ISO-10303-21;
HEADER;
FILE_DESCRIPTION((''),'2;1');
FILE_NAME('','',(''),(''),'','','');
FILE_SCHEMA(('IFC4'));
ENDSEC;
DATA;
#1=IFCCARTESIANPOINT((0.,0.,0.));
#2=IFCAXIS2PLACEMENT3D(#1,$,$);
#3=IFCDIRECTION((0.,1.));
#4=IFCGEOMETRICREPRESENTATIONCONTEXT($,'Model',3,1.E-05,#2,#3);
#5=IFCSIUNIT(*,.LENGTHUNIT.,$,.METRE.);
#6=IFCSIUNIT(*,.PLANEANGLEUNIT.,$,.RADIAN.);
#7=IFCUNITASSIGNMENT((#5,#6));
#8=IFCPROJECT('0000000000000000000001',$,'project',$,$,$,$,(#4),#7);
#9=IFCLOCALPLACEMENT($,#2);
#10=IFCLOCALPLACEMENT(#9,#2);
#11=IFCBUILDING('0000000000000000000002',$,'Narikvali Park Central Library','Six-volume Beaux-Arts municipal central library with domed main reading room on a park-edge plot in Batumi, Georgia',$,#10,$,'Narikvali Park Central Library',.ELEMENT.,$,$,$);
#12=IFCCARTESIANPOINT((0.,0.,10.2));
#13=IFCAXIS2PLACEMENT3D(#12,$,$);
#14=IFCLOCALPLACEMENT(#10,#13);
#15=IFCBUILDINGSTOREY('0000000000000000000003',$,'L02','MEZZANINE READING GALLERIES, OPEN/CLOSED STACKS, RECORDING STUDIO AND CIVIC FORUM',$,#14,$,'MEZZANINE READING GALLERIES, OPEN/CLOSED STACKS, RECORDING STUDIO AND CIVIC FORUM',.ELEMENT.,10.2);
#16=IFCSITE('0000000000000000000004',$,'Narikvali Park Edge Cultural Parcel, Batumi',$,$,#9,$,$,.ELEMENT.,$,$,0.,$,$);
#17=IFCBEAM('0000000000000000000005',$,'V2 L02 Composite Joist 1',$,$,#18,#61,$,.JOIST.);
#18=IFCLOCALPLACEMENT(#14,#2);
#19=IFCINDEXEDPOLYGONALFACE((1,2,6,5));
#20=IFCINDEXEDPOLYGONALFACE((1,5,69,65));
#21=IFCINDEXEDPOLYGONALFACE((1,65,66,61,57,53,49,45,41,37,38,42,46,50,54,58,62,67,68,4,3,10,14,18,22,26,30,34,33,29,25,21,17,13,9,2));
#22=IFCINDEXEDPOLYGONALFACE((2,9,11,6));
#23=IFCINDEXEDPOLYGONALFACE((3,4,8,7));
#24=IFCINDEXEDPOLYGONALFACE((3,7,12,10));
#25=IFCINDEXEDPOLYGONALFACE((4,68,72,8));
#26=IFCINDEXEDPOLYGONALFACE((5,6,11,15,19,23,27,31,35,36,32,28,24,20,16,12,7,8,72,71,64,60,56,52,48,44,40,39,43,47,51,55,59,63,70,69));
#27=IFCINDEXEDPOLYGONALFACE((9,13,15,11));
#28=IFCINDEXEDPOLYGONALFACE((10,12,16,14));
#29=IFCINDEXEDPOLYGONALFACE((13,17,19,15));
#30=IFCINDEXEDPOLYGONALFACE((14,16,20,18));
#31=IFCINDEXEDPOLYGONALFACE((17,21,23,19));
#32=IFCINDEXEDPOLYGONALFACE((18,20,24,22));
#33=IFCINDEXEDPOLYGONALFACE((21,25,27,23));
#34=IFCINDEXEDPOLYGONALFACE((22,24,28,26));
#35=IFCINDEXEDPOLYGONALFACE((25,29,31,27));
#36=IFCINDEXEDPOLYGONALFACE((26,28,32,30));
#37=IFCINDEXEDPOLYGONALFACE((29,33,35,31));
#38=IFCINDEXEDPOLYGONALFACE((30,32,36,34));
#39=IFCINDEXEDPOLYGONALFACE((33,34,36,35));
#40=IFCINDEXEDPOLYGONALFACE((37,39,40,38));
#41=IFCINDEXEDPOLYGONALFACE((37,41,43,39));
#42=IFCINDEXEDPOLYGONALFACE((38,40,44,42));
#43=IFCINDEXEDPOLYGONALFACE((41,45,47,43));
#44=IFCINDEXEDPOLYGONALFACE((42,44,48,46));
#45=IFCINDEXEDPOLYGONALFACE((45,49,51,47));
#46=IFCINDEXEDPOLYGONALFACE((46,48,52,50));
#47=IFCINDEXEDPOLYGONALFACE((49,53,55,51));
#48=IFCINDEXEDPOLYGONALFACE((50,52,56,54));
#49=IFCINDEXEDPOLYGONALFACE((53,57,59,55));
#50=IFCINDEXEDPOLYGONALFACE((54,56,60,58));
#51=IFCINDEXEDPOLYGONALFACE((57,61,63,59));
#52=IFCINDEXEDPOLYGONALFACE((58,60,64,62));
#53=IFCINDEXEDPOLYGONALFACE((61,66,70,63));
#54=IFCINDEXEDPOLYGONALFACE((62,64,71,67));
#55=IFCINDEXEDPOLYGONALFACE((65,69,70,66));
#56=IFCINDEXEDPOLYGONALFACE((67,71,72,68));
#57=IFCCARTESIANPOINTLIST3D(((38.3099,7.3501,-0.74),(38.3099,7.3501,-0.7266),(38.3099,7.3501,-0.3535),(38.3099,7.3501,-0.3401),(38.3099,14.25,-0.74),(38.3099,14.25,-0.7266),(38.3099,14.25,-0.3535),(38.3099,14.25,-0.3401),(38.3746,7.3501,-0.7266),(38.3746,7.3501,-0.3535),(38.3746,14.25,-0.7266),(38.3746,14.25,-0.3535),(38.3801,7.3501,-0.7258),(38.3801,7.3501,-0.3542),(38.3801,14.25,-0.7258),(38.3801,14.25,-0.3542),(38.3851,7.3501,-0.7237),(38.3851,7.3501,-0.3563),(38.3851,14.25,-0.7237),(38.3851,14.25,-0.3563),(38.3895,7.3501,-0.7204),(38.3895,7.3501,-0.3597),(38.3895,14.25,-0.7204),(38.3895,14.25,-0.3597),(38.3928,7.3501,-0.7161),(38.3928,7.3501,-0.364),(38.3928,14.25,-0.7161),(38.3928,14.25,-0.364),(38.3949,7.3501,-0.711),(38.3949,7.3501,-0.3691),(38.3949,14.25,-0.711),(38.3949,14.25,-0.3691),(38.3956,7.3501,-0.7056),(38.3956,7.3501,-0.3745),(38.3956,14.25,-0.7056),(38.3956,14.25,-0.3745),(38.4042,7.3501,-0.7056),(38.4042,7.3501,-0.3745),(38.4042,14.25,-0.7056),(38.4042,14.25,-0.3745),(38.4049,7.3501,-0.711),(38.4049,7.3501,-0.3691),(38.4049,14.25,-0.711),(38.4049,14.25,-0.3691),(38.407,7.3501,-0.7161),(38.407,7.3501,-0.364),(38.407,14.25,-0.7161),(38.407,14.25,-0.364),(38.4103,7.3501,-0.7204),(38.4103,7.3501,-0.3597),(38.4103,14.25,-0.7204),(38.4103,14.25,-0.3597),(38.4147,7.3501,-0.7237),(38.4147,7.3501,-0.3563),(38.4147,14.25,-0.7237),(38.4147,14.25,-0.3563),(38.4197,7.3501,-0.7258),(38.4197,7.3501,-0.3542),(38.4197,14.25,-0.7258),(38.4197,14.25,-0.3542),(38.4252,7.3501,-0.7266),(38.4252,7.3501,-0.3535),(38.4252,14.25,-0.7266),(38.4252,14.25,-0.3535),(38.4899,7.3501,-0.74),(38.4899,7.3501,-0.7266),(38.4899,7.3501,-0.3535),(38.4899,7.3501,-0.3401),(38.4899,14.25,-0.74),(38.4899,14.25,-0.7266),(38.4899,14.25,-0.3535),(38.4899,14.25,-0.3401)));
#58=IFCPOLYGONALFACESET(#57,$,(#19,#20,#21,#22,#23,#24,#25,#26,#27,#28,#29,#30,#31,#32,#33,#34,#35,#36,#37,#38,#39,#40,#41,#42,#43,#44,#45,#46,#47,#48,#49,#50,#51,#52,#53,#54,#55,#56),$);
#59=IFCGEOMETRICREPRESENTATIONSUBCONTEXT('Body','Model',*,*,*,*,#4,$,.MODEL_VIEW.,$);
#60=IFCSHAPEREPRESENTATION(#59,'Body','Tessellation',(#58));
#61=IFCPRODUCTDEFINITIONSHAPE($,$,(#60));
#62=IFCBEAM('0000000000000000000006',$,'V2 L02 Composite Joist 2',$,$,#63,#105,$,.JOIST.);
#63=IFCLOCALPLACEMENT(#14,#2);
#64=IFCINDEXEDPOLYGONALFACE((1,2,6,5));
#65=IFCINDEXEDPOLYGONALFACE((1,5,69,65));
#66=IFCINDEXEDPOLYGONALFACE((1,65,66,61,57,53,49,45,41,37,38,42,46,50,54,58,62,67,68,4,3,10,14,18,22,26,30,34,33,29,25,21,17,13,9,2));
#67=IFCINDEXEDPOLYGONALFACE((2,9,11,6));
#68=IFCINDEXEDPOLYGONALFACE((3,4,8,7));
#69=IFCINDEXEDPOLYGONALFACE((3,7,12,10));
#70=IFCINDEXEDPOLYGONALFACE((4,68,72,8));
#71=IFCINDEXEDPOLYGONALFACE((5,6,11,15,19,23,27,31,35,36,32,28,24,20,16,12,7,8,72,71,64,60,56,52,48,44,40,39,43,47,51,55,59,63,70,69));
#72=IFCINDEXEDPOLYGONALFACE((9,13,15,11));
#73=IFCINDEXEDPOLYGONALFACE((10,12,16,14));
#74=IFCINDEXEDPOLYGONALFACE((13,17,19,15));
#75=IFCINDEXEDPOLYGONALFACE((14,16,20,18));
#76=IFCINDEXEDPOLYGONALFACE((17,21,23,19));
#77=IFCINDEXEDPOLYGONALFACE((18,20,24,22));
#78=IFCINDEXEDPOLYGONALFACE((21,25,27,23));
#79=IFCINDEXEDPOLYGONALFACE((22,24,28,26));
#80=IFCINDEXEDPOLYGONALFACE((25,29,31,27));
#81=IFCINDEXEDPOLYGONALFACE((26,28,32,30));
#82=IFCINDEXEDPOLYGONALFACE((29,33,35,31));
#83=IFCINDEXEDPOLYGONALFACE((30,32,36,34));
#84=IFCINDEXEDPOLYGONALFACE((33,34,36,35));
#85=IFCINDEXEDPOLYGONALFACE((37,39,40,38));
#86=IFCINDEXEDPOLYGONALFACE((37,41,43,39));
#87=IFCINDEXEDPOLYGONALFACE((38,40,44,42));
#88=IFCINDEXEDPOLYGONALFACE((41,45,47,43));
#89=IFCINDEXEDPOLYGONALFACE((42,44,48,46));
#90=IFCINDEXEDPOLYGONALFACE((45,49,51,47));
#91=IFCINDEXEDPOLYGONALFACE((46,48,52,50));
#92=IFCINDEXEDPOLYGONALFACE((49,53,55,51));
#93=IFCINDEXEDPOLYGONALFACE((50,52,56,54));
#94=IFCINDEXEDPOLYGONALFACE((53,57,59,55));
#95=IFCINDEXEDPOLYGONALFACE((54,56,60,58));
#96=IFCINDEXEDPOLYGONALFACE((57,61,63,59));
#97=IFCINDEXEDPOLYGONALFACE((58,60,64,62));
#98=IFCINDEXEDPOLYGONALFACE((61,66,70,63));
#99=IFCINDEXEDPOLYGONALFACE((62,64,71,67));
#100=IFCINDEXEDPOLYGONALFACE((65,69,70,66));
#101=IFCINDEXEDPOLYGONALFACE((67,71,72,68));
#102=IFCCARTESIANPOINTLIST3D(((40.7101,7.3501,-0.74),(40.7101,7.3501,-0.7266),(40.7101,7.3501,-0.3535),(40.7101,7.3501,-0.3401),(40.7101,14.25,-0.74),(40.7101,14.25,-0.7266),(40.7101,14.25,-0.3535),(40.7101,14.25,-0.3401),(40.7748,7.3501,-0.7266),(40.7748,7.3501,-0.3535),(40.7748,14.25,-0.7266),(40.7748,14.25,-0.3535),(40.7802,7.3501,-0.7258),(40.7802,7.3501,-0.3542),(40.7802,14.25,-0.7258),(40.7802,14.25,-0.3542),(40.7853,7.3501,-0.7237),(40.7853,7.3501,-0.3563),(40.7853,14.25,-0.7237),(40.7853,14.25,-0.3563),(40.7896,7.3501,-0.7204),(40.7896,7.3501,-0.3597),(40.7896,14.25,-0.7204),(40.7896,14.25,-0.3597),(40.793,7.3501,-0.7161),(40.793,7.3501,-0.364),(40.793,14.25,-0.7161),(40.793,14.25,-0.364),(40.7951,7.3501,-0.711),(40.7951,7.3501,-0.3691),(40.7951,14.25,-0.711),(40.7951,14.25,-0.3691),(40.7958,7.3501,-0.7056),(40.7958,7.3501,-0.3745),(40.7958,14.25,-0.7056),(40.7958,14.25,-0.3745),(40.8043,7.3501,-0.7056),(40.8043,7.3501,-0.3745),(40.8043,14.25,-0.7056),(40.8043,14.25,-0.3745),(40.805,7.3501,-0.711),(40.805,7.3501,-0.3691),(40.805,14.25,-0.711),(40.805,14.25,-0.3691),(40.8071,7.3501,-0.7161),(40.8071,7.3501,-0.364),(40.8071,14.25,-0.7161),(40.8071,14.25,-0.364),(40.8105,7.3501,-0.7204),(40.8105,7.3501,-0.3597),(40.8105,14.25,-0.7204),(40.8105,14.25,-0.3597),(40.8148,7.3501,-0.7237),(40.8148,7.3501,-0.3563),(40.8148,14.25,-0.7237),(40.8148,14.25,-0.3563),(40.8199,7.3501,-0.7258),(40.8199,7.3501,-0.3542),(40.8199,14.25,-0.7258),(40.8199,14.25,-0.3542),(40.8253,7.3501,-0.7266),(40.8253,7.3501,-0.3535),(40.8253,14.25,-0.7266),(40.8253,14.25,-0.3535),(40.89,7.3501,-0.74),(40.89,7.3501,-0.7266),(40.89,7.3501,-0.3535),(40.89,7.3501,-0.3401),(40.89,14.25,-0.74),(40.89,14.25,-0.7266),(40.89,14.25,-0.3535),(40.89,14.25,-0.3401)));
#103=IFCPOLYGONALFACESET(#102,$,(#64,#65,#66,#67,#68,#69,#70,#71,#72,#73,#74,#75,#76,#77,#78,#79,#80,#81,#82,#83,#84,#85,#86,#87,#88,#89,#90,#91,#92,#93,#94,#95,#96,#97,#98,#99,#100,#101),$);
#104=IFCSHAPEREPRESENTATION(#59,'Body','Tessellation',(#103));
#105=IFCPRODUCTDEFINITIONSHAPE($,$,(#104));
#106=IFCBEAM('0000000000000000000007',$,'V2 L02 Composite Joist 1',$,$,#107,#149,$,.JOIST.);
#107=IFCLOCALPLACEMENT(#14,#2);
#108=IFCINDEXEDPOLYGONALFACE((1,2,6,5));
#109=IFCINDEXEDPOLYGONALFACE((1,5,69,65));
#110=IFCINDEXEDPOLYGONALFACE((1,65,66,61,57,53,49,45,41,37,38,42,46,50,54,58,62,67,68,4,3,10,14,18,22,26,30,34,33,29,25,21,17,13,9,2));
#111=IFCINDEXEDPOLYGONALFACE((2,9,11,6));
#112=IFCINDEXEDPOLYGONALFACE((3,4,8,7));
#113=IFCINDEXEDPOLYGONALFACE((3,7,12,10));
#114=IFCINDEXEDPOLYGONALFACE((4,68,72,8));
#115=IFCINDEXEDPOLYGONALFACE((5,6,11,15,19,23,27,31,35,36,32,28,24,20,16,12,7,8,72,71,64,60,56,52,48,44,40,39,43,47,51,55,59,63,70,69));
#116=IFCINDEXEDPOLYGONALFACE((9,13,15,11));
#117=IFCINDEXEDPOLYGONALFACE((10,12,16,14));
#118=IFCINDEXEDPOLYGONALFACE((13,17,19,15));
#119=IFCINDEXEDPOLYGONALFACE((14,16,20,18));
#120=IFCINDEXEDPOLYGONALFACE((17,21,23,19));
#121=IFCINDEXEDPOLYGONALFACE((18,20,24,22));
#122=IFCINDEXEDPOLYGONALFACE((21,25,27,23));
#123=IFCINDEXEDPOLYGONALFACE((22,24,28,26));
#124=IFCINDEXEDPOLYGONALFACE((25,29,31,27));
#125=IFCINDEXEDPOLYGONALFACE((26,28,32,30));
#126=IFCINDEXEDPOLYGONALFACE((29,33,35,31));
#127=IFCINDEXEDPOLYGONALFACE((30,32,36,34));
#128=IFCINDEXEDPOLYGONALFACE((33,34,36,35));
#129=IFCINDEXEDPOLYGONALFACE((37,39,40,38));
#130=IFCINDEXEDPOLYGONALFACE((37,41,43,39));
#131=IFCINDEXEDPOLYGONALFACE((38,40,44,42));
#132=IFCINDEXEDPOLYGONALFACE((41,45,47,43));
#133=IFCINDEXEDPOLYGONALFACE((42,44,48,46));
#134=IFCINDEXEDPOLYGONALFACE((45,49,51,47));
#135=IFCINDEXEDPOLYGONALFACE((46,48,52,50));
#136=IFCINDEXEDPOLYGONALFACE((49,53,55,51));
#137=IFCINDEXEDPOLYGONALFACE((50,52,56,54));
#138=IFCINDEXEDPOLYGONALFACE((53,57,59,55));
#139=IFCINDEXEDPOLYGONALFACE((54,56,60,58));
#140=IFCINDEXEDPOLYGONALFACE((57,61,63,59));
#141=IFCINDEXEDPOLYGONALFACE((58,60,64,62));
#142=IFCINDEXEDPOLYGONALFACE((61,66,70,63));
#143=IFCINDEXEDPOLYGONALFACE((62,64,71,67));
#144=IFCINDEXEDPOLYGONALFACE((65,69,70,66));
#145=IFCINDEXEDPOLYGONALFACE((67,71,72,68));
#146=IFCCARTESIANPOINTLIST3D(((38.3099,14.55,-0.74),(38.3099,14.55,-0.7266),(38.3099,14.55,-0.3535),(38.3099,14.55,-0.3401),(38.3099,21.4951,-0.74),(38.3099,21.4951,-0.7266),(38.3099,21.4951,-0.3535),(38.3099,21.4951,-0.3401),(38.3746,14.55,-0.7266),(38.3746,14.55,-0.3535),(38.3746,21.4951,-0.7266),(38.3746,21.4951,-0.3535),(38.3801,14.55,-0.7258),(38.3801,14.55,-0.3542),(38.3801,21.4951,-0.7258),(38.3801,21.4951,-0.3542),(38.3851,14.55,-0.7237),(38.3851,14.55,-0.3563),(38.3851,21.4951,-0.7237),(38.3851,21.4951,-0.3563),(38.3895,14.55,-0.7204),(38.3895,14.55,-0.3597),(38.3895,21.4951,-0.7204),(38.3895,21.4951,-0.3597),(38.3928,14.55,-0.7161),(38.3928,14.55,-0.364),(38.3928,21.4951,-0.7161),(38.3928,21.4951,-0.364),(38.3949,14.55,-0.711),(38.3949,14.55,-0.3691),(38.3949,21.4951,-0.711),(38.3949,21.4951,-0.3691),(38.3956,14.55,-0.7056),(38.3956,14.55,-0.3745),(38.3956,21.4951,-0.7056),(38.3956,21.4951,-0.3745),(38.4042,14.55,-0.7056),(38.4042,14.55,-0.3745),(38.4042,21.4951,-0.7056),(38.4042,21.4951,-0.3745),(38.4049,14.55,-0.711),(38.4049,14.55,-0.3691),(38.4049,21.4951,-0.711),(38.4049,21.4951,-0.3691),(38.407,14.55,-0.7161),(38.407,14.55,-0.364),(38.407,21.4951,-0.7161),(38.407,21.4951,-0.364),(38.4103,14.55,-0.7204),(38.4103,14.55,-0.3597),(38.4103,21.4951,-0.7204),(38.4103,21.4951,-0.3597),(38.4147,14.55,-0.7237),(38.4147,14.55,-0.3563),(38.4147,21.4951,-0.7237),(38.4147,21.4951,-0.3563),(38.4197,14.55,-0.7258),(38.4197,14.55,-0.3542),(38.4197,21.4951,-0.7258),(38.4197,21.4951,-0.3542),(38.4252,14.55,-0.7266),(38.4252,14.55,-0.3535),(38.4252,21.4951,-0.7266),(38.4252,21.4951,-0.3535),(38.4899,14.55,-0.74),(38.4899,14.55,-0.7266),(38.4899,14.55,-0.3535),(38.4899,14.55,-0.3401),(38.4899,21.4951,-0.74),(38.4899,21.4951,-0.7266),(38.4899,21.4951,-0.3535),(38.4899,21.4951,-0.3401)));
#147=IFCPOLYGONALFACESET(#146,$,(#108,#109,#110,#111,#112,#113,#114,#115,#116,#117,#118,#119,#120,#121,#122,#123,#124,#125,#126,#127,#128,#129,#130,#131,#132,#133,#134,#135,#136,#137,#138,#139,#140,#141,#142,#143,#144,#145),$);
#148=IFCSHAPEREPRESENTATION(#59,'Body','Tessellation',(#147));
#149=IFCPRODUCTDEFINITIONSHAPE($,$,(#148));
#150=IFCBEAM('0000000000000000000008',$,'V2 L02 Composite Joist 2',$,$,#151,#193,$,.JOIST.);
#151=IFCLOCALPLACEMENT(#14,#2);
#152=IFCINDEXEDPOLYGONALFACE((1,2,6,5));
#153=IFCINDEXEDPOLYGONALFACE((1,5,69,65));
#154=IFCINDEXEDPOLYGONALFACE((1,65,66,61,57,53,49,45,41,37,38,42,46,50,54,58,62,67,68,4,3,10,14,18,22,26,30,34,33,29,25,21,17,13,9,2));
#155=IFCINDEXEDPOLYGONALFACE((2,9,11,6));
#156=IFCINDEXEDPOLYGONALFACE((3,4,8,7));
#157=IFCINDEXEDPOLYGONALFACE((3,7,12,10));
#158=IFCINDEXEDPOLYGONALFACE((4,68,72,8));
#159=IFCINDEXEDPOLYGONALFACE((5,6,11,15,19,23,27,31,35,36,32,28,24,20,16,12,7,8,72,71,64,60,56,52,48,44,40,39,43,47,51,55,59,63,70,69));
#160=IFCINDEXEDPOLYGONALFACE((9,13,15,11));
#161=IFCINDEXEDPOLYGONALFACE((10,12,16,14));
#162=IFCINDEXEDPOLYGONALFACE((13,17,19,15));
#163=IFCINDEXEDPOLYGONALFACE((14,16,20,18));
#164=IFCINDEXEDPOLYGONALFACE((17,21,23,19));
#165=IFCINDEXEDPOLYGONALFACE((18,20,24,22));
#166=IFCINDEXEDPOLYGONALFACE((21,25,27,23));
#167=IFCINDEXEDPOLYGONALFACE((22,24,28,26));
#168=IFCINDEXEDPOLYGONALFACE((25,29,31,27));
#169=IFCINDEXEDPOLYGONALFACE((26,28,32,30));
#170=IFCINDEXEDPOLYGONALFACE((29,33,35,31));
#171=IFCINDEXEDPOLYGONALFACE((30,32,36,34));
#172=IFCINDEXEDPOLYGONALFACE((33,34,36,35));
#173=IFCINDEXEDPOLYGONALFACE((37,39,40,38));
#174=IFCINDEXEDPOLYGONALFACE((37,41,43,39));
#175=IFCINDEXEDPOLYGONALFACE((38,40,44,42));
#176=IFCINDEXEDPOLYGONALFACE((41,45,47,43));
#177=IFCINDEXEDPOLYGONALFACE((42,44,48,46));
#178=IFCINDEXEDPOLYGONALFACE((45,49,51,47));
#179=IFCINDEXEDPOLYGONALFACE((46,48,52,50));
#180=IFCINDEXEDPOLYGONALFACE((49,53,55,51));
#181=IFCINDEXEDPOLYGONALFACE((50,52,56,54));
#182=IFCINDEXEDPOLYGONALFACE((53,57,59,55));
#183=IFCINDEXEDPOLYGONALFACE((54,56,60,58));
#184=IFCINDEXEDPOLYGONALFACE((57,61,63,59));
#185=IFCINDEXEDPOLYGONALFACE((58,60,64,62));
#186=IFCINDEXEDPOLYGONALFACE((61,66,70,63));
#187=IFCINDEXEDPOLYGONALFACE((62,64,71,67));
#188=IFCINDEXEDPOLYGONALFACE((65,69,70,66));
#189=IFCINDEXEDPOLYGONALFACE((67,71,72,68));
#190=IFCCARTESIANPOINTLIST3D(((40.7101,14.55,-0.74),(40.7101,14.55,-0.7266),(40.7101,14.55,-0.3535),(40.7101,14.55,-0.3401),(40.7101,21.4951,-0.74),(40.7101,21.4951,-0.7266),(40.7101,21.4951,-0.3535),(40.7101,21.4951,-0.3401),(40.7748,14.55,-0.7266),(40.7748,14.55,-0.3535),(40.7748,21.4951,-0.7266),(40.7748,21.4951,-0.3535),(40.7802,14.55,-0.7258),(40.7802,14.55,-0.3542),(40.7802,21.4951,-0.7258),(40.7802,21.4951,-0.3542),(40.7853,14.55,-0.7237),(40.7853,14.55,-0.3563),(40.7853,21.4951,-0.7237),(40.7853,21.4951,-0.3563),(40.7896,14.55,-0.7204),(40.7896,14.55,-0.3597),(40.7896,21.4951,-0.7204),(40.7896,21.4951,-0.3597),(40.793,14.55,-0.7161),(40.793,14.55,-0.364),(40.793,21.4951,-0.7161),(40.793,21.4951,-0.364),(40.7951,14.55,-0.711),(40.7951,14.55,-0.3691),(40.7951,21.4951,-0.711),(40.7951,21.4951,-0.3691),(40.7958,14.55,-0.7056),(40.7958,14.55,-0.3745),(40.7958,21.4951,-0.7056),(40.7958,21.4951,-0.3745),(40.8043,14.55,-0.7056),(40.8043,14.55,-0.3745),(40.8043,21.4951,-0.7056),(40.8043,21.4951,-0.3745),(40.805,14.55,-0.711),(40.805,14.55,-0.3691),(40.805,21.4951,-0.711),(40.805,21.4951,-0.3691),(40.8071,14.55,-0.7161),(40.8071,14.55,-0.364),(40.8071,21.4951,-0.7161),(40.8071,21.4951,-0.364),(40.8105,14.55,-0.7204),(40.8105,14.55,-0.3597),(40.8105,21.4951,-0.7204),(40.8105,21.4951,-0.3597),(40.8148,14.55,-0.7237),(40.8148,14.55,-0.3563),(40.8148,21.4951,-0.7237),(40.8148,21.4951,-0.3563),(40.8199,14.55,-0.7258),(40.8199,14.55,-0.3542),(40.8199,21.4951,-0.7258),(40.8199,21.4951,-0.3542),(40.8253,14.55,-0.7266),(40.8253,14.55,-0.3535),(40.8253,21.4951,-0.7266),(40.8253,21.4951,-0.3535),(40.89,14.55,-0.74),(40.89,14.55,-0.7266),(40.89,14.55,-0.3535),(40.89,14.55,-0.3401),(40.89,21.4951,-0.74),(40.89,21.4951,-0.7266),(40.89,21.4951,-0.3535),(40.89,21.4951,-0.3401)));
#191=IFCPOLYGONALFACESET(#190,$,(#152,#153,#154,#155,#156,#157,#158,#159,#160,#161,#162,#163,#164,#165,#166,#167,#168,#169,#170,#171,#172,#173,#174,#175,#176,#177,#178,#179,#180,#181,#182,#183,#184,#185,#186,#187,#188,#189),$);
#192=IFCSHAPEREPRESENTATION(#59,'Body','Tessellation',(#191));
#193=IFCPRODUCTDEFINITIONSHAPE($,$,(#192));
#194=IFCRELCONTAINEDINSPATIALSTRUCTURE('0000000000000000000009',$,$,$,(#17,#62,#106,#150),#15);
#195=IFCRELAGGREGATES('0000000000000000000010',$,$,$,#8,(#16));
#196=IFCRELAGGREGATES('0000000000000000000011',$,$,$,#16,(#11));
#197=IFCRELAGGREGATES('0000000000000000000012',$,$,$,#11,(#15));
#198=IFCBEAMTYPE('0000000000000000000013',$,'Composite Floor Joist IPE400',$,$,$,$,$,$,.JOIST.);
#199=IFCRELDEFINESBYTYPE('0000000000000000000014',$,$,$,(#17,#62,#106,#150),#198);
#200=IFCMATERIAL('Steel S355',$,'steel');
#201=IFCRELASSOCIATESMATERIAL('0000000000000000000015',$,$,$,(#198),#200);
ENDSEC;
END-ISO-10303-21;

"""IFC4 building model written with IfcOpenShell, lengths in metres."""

from ifc_helpers import new_model, si_unit, direction, frame, origin, origin_2d, place, context, subcontext, project, spatial, i_section, extrude, material, material_profile, profile_set, type_object, element, save


model = new_model("IFC4")

# Units and contexts
model_context = context("Model", 3, precision=1e-05, world=origin(), true_north=direction((0.0, 1.0)))
body_context = subcontext(model_context, "Body", "Model", "MODEL_VIEW")
ifc_project = project(units=[si_unit("LENGTHUNIT", "METRE"), si_unit("PLANEANGLEUNIT", "RADIAN")], contexts=[model_context])

# Site, building, storey
site_placement = place(None, origin())
site = spatial("IfcSite", under=ifc_project, at=site_placement, Name="Narikvali Park Edge Cultural Parcel, Batumi", CompositionType="ELEMENT", RefElevation=0.0)
building_placement = place(site_placement, origin())
building = spatial("IfcBuilding", under=site, at=building_placement, Name="Narikvali Park Central Library", Description="Six-volume Beaux-Arts municipal central library with domed main reading room on a park-edge plot in Batumi, Georgia", LongName="Narikvali Park Central Library", CompositionType="ELEMENT")
storey_placement = place(building_placement, frame((0.0, 0.0, 10.2)))
storey = spatial("IfcBuildingStorey", under=building, at=storey_placement, Name="L02", Description="MEZZANINE READING GALLERIES, OPEN/CLOSED STACKS, RECORDING STUDIO AND CIVIC FORUM", LongName="MEZZANINE READING GALLERIES, OPEN/CLOSED STACKS, RECORDING STUDIO AND CIVIC FORUM", CompositionType="ELEMENT", Elevation=10.2)

# Beams
ifc_material_1 = material(Name="Steel S355", Category="steel")
ifc_material_profile_1 = material_profile(ifc_material_1, i_section(OverallWidth=0.1799, OverallDepth=0.3999, WebThickness=0.0085, FlangeThickness=0.0134, FilletRadius=0.021, at=origin_2d()), Name="IPE 400")
ifc_profile_set_1 = profile_set([ifc_material_profile_1], Name="Steel S355")
beam_type_1 = type_object("IfcBeamType", Name="Composite Floor Joist IPE400", PredefinedType="JOIST", material=ifc_profile_set_1)
for number, where, z_axis, x_axis, name in (
    (1, (38.3999, 7.3501, -0.54), (0.0, 1.0, 0.0), (-1.0, 0.0, 0.0), "V2 L02 Composite Joist 1"),
    (2, (40.8, 7.3501, -0.54), (0.0, 1.0, 0.0), (-1.0, 0.0, 0.0), "V2 L02 Composite Joist 2"),
):
    element("IfcBeam", number, at=place(storey_placement, frame(where, z_axis=z_axis, x_axis=x_axis)), inside=storey, type_object=beam_type_1, Name=name, PredefinedType="JOIST", context=body_context, shape_type="SweptSolid", body=[
        extrude(i_section(OverallWidth=0.1799, OverallDepth=0.3999, WebThickness=0.0085, FlangeThickness=0.0134, FilletRadius=0.021, at=origin_2d()), origin(), (0.0, 0.0, 1.0), 6.8999),
    ])
for number, where, z_axis, x_axis, name in (
    (3, (38.3999, 14.55, -0.54), (0.0, 1.0, 0.0), (-1.0, 0.0, 0.0), "V2 L02 Composite Joist 1"),
    (4, (40.8, 14.55, -0.54), (0.0, 1.0, 0.0), (-1.0, 0.0, 0.0), "V2 L02 Composite Joist 2"),
):
    element("IfcBeam", number, at=place(storey_placement, frame(where, z_axis=z_axis, x_axis=x_axis)), inside=storey, type_object=beam_type_1, Name=name, PredefinedType="JOIST", context=body_context, shape_type="SweptSolid", body=[
        extrude(i_section(OverallWidth=0.1799, OverallDepth=0.3999, WebThickness=0.0085, FlangeThickness=0.0134, FilletRadius=0.021, at=origin_2d()), origin(), (0.0, 0.0, 1.0), 6.9451),
    ])

save(model, "model.ifc")
